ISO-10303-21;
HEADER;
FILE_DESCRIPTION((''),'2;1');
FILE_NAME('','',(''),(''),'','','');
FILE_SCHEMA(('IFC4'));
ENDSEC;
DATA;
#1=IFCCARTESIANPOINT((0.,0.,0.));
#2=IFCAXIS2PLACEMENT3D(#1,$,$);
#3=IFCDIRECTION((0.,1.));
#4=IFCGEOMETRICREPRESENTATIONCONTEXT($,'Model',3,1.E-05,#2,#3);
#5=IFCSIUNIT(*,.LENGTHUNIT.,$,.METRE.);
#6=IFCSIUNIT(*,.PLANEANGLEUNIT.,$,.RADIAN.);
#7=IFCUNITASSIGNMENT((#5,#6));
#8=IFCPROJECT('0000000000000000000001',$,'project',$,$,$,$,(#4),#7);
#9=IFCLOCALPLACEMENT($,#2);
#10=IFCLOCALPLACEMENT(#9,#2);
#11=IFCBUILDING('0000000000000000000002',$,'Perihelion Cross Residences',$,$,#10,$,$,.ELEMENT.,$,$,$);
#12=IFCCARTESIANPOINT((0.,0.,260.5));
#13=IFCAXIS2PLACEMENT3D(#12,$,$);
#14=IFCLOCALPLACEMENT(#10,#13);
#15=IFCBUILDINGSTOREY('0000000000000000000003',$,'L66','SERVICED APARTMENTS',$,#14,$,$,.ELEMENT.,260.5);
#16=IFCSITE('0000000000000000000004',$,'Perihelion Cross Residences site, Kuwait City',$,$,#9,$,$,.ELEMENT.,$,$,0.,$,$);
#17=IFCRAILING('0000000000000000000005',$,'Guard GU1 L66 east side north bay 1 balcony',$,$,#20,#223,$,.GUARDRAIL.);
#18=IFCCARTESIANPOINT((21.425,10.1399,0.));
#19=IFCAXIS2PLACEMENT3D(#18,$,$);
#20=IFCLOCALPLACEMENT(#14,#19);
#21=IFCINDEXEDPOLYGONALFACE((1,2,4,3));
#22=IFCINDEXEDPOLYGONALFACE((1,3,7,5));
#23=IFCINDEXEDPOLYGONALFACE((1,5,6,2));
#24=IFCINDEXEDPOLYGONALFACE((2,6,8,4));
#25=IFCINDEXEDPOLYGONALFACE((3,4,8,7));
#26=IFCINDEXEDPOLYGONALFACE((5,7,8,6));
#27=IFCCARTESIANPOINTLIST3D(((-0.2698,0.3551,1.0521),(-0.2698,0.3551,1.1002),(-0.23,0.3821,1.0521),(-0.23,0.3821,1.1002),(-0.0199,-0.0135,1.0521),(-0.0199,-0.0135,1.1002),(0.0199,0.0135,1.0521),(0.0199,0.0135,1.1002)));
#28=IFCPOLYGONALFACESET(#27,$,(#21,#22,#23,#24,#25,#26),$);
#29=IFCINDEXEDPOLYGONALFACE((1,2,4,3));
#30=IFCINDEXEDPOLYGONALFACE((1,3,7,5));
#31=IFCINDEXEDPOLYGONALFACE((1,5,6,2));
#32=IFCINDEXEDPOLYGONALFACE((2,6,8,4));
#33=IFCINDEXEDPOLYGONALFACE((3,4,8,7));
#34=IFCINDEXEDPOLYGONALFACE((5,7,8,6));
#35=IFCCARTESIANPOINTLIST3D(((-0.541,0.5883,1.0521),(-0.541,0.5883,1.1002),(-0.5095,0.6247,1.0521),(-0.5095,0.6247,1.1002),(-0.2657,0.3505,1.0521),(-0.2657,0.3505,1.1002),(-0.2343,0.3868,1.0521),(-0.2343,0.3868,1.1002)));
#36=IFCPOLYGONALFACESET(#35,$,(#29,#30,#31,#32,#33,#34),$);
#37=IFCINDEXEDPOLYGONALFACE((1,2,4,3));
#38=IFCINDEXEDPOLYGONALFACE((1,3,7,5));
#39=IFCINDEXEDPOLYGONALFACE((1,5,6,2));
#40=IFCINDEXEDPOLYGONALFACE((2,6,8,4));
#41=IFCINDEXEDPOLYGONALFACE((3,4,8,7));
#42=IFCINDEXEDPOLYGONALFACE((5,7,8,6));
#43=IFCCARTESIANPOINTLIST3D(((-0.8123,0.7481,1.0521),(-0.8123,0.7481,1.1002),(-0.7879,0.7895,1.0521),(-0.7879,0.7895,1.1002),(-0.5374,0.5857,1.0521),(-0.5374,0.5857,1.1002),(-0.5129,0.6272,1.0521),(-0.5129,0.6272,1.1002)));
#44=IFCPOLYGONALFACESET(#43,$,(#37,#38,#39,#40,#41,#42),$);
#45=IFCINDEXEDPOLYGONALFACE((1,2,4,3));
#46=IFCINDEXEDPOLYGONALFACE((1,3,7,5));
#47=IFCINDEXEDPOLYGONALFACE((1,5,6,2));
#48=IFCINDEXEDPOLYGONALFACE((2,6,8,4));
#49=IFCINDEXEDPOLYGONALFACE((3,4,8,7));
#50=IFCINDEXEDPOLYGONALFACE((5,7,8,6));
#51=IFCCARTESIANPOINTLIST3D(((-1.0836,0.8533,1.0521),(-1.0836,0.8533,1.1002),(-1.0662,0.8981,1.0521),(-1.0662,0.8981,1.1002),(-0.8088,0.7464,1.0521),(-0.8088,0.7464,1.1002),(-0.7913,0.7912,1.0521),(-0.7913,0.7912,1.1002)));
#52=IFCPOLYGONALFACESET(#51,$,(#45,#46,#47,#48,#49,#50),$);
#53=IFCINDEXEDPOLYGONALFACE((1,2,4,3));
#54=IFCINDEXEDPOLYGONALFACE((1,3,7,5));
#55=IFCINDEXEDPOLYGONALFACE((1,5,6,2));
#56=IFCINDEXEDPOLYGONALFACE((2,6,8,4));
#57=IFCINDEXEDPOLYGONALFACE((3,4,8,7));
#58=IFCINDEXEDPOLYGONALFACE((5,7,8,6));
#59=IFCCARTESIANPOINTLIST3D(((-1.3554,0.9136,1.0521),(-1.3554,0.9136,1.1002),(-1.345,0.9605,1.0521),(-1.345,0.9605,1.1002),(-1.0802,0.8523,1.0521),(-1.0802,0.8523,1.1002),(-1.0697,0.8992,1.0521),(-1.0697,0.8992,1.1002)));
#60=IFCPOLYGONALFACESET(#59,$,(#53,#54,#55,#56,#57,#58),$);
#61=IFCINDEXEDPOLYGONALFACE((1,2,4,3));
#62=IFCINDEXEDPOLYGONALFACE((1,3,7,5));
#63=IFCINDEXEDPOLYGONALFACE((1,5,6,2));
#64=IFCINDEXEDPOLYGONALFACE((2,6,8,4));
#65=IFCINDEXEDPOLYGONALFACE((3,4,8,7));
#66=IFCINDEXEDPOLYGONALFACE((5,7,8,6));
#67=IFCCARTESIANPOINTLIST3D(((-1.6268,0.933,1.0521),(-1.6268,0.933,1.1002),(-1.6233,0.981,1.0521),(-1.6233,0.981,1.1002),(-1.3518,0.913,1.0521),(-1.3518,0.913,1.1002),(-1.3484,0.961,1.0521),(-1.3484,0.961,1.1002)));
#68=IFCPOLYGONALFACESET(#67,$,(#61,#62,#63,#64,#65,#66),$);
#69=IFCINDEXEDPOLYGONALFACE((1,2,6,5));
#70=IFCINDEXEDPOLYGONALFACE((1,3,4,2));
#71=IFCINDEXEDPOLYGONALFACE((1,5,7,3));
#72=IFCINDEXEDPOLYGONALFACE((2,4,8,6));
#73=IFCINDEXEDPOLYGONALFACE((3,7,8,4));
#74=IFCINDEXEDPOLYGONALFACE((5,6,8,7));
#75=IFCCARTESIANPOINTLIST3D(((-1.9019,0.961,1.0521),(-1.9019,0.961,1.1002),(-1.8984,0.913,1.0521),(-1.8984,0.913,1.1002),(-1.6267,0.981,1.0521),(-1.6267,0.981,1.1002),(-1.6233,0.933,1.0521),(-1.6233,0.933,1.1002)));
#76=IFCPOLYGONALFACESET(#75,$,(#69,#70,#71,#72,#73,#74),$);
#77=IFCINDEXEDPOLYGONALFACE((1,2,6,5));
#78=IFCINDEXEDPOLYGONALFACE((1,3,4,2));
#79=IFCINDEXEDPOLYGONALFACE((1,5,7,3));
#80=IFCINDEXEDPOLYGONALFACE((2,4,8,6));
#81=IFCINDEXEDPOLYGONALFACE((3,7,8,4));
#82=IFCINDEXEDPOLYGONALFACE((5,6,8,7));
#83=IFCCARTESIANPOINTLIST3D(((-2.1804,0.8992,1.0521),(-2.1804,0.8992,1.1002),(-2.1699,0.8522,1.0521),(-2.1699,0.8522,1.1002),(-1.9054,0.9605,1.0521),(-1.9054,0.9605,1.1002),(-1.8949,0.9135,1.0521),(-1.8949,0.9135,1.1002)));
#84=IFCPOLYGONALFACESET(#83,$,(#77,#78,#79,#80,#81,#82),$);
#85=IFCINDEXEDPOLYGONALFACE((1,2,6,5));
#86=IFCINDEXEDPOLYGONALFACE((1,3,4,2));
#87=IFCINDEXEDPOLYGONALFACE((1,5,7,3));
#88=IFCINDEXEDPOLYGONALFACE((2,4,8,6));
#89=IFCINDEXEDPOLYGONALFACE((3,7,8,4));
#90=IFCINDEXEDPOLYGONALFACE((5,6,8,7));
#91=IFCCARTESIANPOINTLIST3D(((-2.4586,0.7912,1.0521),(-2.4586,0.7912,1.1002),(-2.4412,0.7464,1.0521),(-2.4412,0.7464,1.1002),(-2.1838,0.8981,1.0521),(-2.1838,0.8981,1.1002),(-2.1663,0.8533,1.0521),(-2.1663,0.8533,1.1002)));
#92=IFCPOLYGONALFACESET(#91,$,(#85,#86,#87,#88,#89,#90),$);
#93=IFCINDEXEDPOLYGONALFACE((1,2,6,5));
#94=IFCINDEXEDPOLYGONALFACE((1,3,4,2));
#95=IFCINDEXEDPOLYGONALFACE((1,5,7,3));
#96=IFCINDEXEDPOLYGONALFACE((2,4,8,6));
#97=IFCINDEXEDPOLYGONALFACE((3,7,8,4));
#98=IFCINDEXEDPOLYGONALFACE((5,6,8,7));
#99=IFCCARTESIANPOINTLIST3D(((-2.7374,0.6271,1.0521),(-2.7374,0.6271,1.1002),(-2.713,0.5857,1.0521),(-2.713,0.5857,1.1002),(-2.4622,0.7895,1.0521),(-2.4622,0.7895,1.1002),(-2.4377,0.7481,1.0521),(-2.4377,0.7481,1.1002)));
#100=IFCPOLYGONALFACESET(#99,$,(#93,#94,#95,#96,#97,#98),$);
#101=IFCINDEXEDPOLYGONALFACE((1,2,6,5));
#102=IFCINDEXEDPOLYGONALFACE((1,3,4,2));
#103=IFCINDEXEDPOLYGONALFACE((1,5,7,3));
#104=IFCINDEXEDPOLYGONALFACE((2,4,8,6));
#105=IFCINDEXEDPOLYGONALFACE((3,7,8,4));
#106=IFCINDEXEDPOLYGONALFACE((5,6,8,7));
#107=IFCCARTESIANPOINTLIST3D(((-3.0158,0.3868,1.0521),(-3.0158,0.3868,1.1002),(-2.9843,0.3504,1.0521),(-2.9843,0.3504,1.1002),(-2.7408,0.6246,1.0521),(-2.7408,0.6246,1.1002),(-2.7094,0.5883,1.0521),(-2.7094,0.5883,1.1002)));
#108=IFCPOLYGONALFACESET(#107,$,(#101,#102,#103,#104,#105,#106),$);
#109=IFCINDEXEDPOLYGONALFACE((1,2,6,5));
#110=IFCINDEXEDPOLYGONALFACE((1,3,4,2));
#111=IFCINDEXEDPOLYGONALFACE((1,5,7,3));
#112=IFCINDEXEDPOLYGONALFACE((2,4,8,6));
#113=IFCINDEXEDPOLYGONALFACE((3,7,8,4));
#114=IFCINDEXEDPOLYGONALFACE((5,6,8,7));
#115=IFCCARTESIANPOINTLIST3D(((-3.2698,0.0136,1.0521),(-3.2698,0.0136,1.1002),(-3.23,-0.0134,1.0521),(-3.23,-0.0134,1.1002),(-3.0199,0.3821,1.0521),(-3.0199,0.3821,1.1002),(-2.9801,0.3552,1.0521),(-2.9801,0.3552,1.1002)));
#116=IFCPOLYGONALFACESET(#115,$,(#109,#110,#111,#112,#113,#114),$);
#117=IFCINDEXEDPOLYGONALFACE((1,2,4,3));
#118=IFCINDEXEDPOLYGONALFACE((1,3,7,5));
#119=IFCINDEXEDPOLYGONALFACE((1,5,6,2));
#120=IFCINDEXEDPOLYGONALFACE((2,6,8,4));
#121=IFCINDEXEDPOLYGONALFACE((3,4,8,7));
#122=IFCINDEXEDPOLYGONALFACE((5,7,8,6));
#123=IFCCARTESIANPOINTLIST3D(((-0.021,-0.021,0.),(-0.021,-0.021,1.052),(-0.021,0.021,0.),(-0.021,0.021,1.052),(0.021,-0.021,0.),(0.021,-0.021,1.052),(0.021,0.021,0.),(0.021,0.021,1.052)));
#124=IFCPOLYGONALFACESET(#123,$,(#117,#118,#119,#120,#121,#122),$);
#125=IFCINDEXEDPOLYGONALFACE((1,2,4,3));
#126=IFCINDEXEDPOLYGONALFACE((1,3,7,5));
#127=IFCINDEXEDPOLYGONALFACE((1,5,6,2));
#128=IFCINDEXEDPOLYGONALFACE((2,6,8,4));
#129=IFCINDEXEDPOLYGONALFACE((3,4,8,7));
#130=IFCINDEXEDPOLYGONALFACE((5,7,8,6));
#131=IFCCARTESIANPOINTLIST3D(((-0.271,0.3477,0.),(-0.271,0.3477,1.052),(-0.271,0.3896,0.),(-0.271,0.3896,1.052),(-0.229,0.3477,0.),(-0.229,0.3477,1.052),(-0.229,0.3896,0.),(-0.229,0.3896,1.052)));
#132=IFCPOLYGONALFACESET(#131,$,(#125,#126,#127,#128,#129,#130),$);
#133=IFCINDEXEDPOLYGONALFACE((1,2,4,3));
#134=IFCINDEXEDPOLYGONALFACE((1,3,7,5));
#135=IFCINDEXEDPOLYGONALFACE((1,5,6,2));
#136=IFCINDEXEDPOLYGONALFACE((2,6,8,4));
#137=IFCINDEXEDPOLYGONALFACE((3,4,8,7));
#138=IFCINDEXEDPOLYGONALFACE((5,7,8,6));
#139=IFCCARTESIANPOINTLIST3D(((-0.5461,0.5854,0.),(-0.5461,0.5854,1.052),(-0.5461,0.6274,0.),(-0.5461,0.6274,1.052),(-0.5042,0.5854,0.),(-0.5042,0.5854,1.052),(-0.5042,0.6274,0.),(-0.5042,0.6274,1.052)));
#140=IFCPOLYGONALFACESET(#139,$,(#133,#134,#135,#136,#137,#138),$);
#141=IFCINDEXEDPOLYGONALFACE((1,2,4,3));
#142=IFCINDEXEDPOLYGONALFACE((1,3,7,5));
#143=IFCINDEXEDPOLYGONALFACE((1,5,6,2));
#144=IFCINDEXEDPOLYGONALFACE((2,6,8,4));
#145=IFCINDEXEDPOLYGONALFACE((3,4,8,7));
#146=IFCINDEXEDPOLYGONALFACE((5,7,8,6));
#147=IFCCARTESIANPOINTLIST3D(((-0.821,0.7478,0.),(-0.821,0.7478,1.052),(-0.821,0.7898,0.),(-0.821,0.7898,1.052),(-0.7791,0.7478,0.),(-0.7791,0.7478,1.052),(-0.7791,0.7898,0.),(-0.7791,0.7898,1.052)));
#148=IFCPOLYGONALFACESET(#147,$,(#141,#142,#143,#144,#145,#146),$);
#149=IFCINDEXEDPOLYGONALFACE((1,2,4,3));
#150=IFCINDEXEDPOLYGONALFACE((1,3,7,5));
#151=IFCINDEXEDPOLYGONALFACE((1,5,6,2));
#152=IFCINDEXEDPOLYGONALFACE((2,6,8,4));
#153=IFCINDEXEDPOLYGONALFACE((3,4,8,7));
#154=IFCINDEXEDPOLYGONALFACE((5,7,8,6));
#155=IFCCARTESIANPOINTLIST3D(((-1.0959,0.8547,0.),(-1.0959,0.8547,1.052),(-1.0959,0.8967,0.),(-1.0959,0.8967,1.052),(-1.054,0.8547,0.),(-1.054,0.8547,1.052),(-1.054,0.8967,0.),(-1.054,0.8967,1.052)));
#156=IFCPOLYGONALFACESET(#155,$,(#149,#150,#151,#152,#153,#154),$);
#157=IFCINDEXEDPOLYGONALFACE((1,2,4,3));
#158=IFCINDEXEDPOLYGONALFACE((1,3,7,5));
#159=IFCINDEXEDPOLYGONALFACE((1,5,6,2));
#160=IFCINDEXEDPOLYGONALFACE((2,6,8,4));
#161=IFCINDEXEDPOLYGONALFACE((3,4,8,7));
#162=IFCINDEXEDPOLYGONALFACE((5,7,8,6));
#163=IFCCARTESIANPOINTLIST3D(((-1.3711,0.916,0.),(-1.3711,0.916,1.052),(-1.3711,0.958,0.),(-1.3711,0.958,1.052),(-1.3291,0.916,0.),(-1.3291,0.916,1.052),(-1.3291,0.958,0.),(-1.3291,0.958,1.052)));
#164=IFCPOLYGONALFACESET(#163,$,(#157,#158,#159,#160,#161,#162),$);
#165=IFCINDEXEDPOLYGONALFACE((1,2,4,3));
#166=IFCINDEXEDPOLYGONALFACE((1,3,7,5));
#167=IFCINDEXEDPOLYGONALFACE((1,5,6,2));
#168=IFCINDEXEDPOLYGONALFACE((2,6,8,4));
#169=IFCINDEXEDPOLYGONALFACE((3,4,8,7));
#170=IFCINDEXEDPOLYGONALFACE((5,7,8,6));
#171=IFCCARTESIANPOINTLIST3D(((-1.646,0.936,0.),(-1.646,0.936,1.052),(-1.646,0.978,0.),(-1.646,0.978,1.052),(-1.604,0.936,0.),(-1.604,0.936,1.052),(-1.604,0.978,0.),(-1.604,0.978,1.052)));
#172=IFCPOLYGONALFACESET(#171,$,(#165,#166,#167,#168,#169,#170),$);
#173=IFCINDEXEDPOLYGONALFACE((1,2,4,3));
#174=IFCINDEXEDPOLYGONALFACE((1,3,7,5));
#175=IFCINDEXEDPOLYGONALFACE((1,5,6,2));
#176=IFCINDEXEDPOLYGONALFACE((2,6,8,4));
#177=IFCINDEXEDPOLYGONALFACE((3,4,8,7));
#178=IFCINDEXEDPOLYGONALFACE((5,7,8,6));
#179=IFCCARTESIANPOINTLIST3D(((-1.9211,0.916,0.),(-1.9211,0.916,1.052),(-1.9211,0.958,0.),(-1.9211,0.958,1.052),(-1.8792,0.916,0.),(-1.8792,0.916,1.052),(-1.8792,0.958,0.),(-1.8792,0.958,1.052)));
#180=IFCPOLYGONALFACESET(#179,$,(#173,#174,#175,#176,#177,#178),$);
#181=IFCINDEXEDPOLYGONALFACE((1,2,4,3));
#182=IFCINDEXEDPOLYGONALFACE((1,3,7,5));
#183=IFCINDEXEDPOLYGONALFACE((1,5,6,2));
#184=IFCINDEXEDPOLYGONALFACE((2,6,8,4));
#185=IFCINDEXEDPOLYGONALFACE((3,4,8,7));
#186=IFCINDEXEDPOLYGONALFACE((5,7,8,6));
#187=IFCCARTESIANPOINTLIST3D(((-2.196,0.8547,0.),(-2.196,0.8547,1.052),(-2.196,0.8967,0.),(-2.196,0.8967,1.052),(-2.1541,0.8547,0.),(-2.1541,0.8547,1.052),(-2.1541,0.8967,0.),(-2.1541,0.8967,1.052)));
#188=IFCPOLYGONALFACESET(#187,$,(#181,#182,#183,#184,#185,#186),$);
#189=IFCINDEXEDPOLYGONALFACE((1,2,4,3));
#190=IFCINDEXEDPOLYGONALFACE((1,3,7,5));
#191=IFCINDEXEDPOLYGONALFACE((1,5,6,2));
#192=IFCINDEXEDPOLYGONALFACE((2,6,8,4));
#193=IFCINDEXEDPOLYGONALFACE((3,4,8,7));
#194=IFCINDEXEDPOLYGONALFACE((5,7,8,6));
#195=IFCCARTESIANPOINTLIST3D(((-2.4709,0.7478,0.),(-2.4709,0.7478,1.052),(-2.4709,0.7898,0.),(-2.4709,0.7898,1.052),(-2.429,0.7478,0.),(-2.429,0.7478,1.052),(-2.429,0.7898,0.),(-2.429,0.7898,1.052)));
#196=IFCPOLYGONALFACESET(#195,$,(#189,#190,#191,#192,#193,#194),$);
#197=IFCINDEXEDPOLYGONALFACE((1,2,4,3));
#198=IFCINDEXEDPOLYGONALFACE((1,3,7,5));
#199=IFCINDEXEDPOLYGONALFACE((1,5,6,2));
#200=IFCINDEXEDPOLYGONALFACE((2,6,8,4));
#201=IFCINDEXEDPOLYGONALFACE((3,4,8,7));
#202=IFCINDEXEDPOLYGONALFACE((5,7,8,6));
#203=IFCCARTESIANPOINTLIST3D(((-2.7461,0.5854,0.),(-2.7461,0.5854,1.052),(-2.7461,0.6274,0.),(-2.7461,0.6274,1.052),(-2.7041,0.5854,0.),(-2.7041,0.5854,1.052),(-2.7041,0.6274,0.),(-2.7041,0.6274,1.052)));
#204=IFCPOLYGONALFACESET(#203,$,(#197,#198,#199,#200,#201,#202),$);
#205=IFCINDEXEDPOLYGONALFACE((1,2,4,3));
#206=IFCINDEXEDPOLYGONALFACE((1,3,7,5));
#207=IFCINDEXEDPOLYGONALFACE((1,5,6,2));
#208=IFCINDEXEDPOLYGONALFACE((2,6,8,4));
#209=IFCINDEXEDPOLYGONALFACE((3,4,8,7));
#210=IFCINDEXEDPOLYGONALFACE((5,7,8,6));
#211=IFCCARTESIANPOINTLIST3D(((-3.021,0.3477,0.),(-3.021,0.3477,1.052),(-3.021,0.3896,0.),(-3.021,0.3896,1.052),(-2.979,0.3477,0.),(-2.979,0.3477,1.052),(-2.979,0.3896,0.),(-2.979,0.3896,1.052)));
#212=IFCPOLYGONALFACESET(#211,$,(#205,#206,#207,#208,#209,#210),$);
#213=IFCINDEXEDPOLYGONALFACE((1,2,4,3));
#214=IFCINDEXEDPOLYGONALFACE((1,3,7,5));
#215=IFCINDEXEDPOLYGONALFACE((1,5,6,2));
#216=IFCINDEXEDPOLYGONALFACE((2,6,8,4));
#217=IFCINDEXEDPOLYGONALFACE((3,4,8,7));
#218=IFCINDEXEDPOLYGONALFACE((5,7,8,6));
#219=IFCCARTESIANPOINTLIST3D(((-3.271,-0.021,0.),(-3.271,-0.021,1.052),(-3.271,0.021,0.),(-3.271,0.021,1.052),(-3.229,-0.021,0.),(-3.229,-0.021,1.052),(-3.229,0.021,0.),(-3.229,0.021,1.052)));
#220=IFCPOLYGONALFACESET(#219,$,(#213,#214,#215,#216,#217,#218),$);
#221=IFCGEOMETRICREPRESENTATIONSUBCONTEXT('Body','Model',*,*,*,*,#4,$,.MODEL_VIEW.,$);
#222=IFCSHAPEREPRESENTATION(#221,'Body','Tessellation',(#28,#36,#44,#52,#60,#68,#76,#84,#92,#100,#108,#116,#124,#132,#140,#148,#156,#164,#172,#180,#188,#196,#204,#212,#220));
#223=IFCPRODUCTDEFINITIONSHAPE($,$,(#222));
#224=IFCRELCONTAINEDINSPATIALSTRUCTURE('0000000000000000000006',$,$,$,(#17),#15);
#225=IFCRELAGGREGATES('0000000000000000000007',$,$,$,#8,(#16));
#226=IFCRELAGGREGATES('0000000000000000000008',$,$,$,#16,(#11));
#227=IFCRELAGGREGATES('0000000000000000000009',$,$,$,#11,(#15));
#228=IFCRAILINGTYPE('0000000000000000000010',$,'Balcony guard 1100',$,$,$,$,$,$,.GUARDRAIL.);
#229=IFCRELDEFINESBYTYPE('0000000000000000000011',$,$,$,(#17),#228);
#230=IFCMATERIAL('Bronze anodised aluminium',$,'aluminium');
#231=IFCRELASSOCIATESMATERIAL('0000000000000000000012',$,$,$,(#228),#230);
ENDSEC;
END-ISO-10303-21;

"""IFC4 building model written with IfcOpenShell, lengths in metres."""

from ifc_helpers import new_model, si_unit, direction, frame, origin, origin_2d, place, context, subcontext, project, spatial, rectangle, extrude, material, type_object, element, save


model = new_model("IFC4")

# Units and contexts
model_context = context("Model", 3, precision=1e-05, world=origin(), true_north=direction((0.0, 1.0)))
body_context = subcontext(model_context, "Body", "Model", "MODEL_VIEW")
ifc_project = project(units=[si_unit("LENGTHUNIT", "METRE"), si_unit("PLANEANGLEUNIT", "RADIAN")], contexts=[model_context])

# Site, building, storey
site_placement = place(None, origin())
site = spatial("IfcSite", under=ifc_project, at=site_placement, Name="Perihelion Cross Residences site, Kuwait City", CompositionType="ELEMENT", RefElevation=0.0)
building_placement = place(site_placement, origin())
building = spatial("IfcBuilding", under=site, at=building_placement, Name="Perihelion Cross Residences", CompositionType="ELEMENT")
storey_placement = place(building_placement, frame((0.0, 0.0, 260.5)))
storey = spatial("IfcBuildingStorey", under=building, at=storey_placement, Name="L66", Description="SERVICED APARTMENTS", CompositionType="ELEMENT", Elevation=260.5)

# Railing
ifc_material_1 = material(Name="Bronze anodised aluminium", Category="aluminium")
railing_type_1 = type_object("IfcRailingType", Name="Balcony guard 1100", PredefinedType="GUARDRAIL", material=ifc_material_1)
railing_1_placement = place(storey_placement, frame((21.425, 10.1399, 0.0)))
element("IfcRailing", 1, at=railing_1_placement, inside=storey, type_object=railing_type_1, Name="Guard GU1 L66 east side north bay 1 balcony", PredefinedType="GUARDRAIL", context=body_context, shape_type="SweptSolid", body=[
    extrude(rectangle(XDim=0.0481, YDim=0.0481, at=origin_2d()), frame((0.0, 0.0, 1.0762), z_axis=(-0.56126, 0.827639, 0.0), x_axis=(-0.827639, -0.56126, 0.0)), (0.0, 0.0, 1.0), 0.4453),
    extrude(rectangle(XDim=0.0481, YDim=0.0481, at=origin_2d()), frame((-0.25, 0.3687, 1.0762), z_axis=(-0.756597, 0.653882, 0.0), x_axis=(-0.653882, -0.756597, 0.0)), (0.0, 0.0, 1.0), 0.3638),
    extrude(rectangle(XDim=0.0481, YDim=0.0481, at=origin_2d()), frame((-0.5251, 0.6064, 1.0762), z_axis=(-0.861048, 0.508523, 0.0), x_axis=(-0.508523, -0.861048, 0.0)), (0.0, 0.0, 1.0), 0.3193),
    extrude(rectangle(XDim=0.0481, YDim=0.0481, at=origin_2d()), frame((-0.8, 0.7688, 1.0762), z_axis=(-0.931974, 0.362526, 0.0), x_axis=(-0.362526, -0.931974, 0.0)), (0.0, 0.0, 1.0), 0.2949),
    extrude(rectangle(XDim=0.0481, YDim=0.0481, at=origin_2d()), frame((-1.075, 0.8757, 1.0762), z_axis=(-0.976085, 0.217389, 0.0), x_axis=(-0.217389, -0.976085, 0.0)), (0.0, 0.0, 1.0), 0.282),
    extrude(rectangle(XDim=0.0481, YDim=0.0481, at=origin_2d()), frame((-1.3501, 0.937, 1.0762), z_axis=(-0.997359, 0.072632, 0.0), x_axis=(-0.072632, -0.997359, 0.0)), (0.0, 0.0, 1.0), 0.2756),
    extrude(rectangle(XDim=0.0481, YDim=0.0481, at=origin_2d()), frame((-1.625, 0.957, 1.0762), z_axis=(-0.997363, -0.072568, 0.0), x_axis=(0.072568, -0.997363, 0.0)), (0.0, 0.0, 1.0), 0.2759),
    extrude(rectangle(XDim=0.0481, YDim=0.0481, at=origin_2d()), frame((-1.9001, 0.937, 1.0762), z_axis=(-0.976044, -0.217573, 0.0), x_axis=(0.217573, -0.976044, 0.0)), (0.0, 0.0, 1.0), 0.2817),
    extrude(rectangle(XDim=0.0481, YDim=0.0481, at=origin_2d()), frame((-2.175, 0.8757, 1.0762), z_axis=(-0.931974, -0.362526, 0.0), x_axis=(0.362526, -0.931974, 0.0)), (0.0, 0.0, 1.0), 0.2949),
    extrude(rectangle(XDim=0.0481, YDim=0.0481, at=origin_2d()), frame((-2.45, 0.7688, 1.0762), z_axis=(-0.861246, -0.508189, 0.0), x_axis=(0.508189, -0.861246, 0.0)), (0.0, 0.0, 1.0), 0.3196),
    extrude(rectangle(XDim=0.0481, YDim=0.0481, at=origin_2d()), frame((-2.7251, 0.6064, 1.0762), z_axis=(-0.756309, -0.654214, 0.0), x_axis=(0.654214, -0.756309, 0.0)), (0.0, 0.0, 1.0), 0.3635),
    extrude(rectangle(XDim=0.0481, YDim=0.0481, at=origin_2d()), frame((-3.0, 0.3687, 1.0762), z_axis=(-0.56126, -0.827639, 0.0), x_axis=(0.827639, -0.56126, 0.0)), (0.0, 0.0, 1.0), 0.4453),
    extrude(rectangle(XDim=0.042, YDim=0.042, at=origin_2d()), origin(), (0.0, 0.0, 1.0), 1.052),
    extrude(rectangle(XDim=0.042, YDim=0.042, at=origin_2d()), frame((-0.25, 0.3687, 0.0)), (0.0, 0.0, 1.0), 1.052),
    extrude(rectangle(XDim=0.042, YDim=0.042, at=origin_2d()), frame((-0.5251, 0.6064, 0.0)), (0.0, 0.0, 1.0), 1.052),
    extrude(rectangle(XDim=0.042, YDim=0.042, at=origin_2d()), frame((-0.8, 0.7688, 0.0)), (0.0, 0.0, 1.0), 1.052),
    extrude(rectangle(XDim=0.042, YDim=0.042, at=origin_2d()), frame((-1.075, 0.8757, 0.0)), (0.0, 0.0, 1.0), 1.052),
    extrude(rectangle(XDim=0.042, YDim=0.042, at=origin_2d()), frame((-1.3501, 0.937, 0.0)), (0.0, 0.0, 1.0), 1.052),
    extrude(rectangle(XDim=0.042, YDim=0.042, at=origin_2d()), frame((-1.625, 0.957, 0.0)), (0.0, 0.0, 1.0), 1.052),
    extrude(rectangle(XDim=0.042, YDim=0.042, at=origin_2d()), frame((-1.9001, 0.937, 0.0)), (0.0, 0.0, 1.0), 1.052),
    extrude(rectangle(XDim=0.042, YDim=0.042, at=origin_2d()), frame((-2.175, 0.8757, 0.0)), (0.0, 0.0, 1.0), 1.052),
    extrude(rectangle(XDim=0.042, YDim=0.042, at=origin_2d()), frame((-2.45, 0.7688, 0.0)), (0.0, 0.0, 1.0), 1.052),
    extrude(rectangle(XDim=0.042, YDim=0.042, at=origin_2d()), frame((-2.7251, 0.6064, 0.0)), (0.0, 0.0, 1.0), 1.052),
    extrude(rectangle(XDim=0.042, YDim=0.042, at=origin_2d()), frame((-3.0, 0.3687, 0.0)), (0.0, 0.0, 1.0), 1.052),
    extrude(rectangle(XDim=0.042, YDim=0.042, at=origin_2d()), frame((-3.25, 0.0, 0.0)), (0.0, 0.0, 1.0), 1.052),
])

save(model, "model.ifc")
